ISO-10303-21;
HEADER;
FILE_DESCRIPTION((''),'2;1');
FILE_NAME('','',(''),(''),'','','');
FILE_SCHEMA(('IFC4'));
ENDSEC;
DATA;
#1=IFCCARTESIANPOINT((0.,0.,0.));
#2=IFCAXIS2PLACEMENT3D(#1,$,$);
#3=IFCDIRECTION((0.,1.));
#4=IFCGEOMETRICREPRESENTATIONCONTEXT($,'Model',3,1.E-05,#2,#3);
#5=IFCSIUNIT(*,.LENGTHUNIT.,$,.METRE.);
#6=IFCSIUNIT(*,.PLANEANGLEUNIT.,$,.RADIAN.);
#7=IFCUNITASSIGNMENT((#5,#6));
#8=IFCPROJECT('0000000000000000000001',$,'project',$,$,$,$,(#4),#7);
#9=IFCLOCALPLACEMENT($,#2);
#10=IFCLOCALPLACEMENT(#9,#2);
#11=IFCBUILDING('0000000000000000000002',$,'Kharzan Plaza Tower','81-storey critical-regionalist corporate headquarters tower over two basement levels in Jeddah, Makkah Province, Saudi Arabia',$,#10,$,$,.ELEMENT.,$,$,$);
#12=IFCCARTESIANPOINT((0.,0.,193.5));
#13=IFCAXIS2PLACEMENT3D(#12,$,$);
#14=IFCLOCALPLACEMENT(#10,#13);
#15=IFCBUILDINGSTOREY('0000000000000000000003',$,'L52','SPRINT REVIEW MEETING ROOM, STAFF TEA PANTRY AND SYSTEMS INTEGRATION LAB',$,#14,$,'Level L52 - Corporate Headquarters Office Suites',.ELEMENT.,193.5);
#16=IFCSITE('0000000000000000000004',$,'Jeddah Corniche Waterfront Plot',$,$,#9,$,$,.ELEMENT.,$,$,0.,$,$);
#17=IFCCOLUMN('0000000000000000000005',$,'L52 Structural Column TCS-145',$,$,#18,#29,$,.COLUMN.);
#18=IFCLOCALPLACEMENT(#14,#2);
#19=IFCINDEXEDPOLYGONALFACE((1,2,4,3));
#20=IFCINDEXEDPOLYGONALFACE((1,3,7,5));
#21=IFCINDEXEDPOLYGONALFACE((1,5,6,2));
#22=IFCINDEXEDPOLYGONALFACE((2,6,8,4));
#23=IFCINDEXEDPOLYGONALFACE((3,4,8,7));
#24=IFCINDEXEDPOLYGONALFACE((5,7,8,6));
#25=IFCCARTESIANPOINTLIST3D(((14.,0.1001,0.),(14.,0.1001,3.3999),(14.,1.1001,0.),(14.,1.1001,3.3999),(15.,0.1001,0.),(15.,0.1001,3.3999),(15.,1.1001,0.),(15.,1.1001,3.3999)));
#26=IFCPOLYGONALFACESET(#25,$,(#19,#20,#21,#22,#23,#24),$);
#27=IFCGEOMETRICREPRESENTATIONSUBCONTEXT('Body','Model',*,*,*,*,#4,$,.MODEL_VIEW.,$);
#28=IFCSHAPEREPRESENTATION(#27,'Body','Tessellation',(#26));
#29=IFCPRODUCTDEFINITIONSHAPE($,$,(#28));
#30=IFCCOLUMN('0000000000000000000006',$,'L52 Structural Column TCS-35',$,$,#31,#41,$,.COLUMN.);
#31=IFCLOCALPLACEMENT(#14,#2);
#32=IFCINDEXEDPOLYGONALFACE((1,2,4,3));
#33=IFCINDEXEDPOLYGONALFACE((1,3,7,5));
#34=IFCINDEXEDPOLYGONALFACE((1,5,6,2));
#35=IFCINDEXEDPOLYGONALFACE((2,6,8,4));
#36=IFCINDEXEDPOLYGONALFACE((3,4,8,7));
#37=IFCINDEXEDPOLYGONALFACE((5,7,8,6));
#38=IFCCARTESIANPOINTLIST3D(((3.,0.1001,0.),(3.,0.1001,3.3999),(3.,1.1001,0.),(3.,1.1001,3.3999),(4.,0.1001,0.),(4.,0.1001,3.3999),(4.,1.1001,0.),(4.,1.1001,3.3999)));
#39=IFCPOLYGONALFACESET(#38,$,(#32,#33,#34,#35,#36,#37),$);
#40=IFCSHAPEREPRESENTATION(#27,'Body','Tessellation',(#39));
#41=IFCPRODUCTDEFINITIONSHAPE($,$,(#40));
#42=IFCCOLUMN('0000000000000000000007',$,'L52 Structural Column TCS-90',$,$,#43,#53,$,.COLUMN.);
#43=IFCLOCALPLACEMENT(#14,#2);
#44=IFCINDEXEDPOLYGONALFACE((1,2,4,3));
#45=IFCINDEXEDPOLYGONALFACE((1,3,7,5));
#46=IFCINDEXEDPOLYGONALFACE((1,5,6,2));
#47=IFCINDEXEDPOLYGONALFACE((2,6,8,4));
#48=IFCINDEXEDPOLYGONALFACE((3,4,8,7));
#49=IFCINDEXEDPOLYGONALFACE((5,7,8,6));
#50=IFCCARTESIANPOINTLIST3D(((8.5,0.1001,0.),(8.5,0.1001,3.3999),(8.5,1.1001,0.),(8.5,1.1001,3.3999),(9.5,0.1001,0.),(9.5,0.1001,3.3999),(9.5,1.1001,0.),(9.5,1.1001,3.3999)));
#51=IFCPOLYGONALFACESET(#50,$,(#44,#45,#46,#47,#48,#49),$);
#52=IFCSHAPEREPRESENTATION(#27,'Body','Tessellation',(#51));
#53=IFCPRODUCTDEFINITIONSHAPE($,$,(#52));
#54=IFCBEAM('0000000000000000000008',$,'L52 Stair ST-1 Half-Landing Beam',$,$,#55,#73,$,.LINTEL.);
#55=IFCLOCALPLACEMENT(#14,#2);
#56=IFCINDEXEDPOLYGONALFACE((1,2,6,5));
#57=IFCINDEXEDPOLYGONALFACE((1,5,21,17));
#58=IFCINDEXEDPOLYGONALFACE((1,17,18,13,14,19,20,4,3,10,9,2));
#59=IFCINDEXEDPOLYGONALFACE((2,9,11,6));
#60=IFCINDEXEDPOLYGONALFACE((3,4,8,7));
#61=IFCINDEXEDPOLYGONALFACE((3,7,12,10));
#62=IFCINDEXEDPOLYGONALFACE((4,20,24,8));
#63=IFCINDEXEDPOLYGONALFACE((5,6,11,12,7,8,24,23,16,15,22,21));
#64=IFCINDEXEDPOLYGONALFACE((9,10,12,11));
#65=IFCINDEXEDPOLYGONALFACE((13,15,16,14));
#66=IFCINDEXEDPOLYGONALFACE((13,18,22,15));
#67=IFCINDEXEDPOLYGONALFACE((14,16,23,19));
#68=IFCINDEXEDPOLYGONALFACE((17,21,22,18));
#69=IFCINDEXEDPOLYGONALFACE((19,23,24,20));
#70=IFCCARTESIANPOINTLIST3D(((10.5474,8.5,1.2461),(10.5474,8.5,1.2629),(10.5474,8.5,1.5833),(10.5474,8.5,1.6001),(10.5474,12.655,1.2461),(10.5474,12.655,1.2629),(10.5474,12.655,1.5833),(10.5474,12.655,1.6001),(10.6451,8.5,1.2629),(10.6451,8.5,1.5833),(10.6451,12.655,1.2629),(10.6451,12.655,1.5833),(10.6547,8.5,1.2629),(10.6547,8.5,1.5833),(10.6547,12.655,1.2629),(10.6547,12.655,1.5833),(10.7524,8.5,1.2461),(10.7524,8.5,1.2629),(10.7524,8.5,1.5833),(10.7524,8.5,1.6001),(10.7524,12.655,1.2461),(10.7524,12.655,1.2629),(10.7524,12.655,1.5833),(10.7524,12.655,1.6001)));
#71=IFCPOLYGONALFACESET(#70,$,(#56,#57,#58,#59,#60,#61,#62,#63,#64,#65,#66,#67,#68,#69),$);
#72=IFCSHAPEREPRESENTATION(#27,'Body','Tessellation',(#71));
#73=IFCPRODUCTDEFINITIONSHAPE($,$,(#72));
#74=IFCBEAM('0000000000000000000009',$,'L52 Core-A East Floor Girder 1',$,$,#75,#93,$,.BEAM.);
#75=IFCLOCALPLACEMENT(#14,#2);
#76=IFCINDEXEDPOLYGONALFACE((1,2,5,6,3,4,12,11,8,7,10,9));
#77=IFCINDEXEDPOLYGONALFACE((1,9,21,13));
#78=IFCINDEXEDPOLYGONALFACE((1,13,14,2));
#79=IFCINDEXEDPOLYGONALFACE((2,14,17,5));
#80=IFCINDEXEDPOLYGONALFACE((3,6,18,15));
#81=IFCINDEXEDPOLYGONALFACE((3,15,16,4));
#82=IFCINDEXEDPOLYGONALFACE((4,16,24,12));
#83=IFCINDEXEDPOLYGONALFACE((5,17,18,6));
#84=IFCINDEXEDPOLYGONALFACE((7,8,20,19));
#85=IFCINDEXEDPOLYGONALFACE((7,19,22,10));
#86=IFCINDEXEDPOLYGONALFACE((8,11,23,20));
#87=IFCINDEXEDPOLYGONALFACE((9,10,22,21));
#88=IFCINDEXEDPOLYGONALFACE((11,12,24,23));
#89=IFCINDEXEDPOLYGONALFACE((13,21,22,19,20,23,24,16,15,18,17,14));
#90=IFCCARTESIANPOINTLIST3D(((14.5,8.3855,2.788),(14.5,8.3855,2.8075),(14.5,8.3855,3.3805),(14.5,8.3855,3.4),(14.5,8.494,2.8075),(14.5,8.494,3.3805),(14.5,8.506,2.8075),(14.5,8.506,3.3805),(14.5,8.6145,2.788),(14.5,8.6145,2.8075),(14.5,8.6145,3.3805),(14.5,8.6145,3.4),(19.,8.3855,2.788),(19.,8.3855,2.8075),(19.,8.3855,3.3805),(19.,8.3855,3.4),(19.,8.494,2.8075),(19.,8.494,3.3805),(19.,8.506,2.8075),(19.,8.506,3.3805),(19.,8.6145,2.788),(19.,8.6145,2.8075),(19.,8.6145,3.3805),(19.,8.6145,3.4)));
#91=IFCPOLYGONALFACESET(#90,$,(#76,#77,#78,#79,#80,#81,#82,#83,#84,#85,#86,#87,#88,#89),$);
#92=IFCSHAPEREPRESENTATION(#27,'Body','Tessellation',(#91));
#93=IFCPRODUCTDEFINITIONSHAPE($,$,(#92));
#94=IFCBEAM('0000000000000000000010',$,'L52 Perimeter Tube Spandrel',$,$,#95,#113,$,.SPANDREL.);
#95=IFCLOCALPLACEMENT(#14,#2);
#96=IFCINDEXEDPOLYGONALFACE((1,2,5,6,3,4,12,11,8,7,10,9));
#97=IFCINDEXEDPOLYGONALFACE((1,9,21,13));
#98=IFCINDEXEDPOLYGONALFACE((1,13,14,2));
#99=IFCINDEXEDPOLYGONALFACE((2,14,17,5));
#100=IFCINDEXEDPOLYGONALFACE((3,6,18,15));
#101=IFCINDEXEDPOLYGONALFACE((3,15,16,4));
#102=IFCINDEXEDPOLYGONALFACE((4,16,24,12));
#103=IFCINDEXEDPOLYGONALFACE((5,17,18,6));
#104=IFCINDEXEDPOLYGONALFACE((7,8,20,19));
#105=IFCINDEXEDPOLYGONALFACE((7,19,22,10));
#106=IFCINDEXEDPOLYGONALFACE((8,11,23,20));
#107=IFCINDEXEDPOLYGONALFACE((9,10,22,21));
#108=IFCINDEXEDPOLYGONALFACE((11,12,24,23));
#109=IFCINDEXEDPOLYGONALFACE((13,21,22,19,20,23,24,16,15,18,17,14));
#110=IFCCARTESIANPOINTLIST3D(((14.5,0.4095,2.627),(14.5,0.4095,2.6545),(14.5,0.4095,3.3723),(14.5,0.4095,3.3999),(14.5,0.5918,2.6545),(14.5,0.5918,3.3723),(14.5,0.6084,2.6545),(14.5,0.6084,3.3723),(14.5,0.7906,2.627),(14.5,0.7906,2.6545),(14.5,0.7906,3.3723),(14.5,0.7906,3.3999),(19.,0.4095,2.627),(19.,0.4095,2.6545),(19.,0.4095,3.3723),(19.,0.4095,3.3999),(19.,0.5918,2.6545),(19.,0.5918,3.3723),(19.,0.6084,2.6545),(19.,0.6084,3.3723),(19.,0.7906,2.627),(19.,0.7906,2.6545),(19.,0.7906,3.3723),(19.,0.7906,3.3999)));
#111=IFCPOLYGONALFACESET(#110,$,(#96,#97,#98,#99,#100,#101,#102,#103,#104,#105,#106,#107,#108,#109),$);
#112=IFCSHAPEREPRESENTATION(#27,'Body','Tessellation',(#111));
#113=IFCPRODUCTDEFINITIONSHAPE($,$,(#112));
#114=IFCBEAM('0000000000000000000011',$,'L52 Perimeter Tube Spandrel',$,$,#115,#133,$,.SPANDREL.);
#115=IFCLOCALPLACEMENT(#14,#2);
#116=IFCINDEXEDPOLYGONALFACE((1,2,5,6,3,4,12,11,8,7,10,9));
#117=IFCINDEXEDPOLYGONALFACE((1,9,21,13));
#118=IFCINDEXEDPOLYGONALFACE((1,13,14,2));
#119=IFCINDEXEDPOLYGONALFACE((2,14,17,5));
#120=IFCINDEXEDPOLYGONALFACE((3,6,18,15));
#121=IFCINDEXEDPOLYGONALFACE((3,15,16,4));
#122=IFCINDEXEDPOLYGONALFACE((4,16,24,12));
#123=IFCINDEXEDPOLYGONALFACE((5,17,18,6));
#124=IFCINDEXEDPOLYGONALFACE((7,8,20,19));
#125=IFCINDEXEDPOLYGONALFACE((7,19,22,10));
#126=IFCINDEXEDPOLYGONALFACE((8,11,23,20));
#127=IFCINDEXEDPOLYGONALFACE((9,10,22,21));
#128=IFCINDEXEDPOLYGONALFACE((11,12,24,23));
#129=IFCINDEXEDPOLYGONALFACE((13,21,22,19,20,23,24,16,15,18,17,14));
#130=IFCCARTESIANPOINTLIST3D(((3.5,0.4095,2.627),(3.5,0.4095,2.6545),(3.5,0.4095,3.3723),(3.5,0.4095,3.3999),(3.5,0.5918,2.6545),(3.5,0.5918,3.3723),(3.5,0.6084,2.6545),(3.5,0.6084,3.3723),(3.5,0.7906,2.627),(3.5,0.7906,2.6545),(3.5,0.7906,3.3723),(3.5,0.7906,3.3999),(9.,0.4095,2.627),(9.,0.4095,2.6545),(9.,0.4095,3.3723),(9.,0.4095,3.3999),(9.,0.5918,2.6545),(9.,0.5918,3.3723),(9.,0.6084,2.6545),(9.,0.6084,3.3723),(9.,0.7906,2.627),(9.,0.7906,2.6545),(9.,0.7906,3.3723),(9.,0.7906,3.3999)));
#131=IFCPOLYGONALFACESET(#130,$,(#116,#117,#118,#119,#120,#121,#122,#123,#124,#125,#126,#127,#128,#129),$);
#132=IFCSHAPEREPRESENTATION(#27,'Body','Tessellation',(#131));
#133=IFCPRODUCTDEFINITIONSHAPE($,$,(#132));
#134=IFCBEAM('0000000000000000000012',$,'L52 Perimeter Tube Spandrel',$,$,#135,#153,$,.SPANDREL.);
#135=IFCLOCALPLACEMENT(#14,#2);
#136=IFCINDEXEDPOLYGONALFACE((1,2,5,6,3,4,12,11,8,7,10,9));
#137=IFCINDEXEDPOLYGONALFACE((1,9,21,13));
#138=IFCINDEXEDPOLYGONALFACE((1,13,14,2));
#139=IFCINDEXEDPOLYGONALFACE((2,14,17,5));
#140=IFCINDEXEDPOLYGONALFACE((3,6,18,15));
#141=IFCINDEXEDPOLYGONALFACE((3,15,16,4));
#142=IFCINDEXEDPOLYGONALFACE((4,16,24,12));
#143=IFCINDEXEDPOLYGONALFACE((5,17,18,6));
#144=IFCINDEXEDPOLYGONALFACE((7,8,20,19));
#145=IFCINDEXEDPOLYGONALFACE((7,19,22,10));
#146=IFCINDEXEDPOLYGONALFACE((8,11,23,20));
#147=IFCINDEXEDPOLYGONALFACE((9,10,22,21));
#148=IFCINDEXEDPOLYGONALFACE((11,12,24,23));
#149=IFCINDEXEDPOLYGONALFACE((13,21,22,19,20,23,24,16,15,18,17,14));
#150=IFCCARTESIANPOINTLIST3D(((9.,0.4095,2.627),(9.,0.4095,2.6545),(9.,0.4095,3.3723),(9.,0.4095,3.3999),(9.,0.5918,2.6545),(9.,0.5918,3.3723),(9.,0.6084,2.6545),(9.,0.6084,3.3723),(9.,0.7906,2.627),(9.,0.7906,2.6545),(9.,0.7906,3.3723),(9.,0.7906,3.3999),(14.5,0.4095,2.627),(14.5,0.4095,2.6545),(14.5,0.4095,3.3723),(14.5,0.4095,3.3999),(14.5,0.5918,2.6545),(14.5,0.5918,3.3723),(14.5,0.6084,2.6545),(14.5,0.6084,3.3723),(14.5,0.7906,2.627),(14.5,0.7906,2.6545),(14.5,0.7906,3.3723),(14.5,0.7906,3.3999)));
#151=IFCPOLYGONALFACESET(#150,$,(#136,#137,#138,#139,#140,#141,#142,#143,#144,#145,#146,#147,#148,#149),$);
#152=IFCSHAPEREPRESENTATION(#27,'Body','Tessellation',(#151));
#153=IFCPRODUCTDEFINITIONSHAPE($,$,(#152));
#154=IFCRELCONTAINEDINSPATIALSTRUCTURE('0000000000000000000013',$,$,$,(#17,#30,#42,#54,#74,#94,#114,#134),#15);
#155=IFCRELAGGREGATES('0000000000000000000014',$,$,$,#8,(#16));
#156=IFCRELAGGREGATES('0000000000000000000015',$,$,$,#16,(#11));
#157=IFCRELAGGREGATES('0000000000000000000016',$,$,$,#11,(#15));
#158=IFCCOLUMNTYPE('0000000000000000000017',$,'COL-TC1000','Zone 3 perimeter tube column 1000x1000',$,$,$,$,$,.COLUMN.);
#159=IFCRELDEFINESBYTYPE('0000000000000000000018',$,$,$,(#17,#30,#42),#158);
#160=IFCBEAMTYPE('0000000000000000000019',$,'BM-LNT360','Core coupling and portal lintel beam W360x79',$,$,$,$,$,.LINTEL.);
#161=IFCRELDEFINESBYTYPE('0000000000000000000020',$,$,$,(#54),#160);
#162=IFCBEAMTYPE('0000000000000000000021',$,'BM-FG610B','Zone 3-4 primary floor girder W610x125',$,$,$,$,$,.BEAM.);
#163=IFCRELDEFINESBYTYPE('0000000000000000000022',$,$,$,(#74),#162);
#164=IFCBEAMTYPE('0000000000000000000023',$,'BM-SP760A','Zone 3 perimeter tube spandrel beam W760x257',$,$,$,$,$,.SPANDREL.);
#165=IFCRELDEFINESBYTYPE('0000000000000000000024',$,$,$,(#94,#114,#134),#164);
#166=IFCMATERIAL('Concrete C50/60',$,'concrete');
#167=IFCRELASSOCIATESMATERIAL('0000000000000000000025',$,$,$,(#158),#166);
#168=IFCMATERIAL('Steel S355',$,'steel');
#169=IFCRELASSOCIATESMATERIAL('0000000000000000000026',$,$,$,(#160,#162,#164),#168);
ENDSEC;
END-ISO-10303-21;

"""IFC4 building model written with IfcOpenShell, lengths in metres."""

from ifc_helpers import new_model, si_unit, direction, frame, origin, origin_2d, place, context, subcontext, project, spatial, rectangle, i_section, extrude, source, transform, mapped, material, material_profile, profile_set, type_object, element, save


model = new_model("IFC4")

# Units and contexts
model_context = context("Model", 3, precision=1e-05, world=origin(), true_north=direction((0.0, 1.0)))
body_context = subcontext(model_context, "Body", "Model", "MODEL_VIEW")
ifc_project = project(units=[si_unit("LENGTHUNIT", "METRE"), si_unit("PLANEANGLEUNIT", "RADIAN")], contexts=[model_context])

# Site, building, storey
site_placement = place(None, origin())
site = spatial("IfcSite", under=ifc_project, at=site_placement, Name="Jeddah Corniche Waterfront Plot", CompositionType="ELEMENT", RefElevation=0.0)
building_placement = place(site_placement, origin())
building = spatial("IfcBuilding", under=site, at=building_placement, Name="Kharzan Plaza Tower", Description="81-storey critical-regionalist corporate headquarters tower over two basement levels in Jeddah, Makkah Province, Saudi Arabia", CompositionType="ELEMENT")
storey_placement = place(building_placement, frame((0.0, 0.0, 193.5)))
storey = spatial("IfcBuildingStorey", under=building, at=storey_placement, Name="L52", Description="SPRINT REVIEW MEETING ROOM, STAFF TEA PANTRY AND SYSTEMS INTEGRATION LAB", LongName="Level L52 - Corporate Headquarters Office Suites", CompositionType="ELEMENT", Elevation=193.5)

# Columns
ifc_material_1 = material(Name="Concrete C50/60", Category="concrete")
ifc_material_profile_1 = material_profile(ifc_material_1, rectangle(XDim=1.0, YDim=1.0, at=origin_2d()), Name="RC-TC1000x1000")
ifc_profile_set_1 = profile_set([ifc_material_profile_1], Name="Concrete C50/60")
column_type = type_object("IfcColumnType", Name="COL-TC1000", Description="Zone 3 perimeter tube column 1000x1000", PredefinedType="COLUMN", material=ifc_profile_set_1)
shared_shape_1 = source(origin(), body_context, "Body", "SweptSolid", [
    extrude(rectangle(XDim=1.0, YDim=1.0, at=origin_2d()), origin(), (0.0, 0.0, 1.0), 3.3999),
])
for number, where, z_axis, x_axis, name in (
    (1, (14.5, 0.6001, 0.0), (0.0, 0.0, 1.0), (1.0, 0.0, 0.0), "L52 Structural Column TCS-145"),
    (2, (3.5, 0.6001, 0.0), (0.0, 0.0, 1.0), (1.0, 0.0, 0.0), "L52 Structural Column TCS-35"),
    (3, (9.0, 0.6001, 0.0), (0.0, 0.0, 1.0), (1.0, 0.0, 0.0), "L52 Structural Column TCS-90"),
):
    element("IfcColumn", number, at=place(storey_placement, frame(where, z_axis=z_axis, x_axis=x_axis)), inside=storey, type_object=column_type, Name=name, PredefinedType="COLUMN", context=body_context, shape_type="MappedRepresentation", body=[
        mapped(shared_shape_1, transform((0.0, 0.0, 0.0), x_axis=(1.0, 0.0, 0.0), y_axis=(0.0, 1.0, 0.0), z_axis=(0.0, 0.0, 1.0))),
    ])

# Beams
ifc_material_2 = material(Name="Steel S355", Category="steel")
ifc_material_profile_2 = material_profile(ifc_material_2, i_section(OverallWidth=0.2051, OverallDepth=0.354, WebThickness=0.0095, FlangeThickness=0.0168, at=origin_2d()), Name="W360x79")
ifc_profile_set_2 = profile_set([ifc_material_profile_2], Name="Steel S355")
beam_type_1 = type_object("IfcBeamType", Name="BM-LNT360", Description="Core coupling and portal lintel beam W360x79", PredefinedType="LINTEL", material=ifc_profile_set_2)
shared_shape_2 = source(origin(), body_context, "Body", "SweptSolid", [
    extrude(i_section(OverallWidth=0.2051, OverallDepth=0.354, WebThickness=0.0095, FlangeThickness=0.0168, at=origin_2d()), origin(), (0.0, 0.0, 1.0), 4.155),
])
beam_1_placement = place(storey_placement, frame((10.6499, 8.5, 1.4231), z_axis=(0.0, 1.0, 0.0), x_axis=(-1.0, 0.0, 0.0)))
element("IfcBeam", 4, at=beam_1_placement, inside=storey, type_object=beam_type_1, Name="L52 Stair ST-1 Half-Landing Beam", PredefinedType="LINTEL", context=body_context, shape_type="MappedRepresentation", body=[
    mapped(shared_shape_2, transform((0.0, 0.0, 0.0), x_axis=(1.0, 0.0, 0.0), y_axis=(0.0, 1.0, 0.0), z_axis=(0.0, 0.0, 1.0))),
])
ifc_material_profile_3 = material_profile(ifc_material_2, i_section(OverallWidth=0.229, OverallDepth=0.6121, WebThickness=0.012, FlangeThickness=0.0195, at=origin_2d()), Name="W610x125")
ifc_profile_set_3 = profile_set([ifc_material_profile_3], Name="Steel S355")
beam_type_2 = type_object("IfcBeamType", Name="BM-FG610B", Description="Zone 3-4 primary floor girder W610x125", PredefinedType="BEAM", material=ifc_profile_set_3)
shared_shape_3 = source(origin(), body_context, "Body", "SweptSolid", [
    extrude(i_section(OverallWidth=0.229, OverallDepth=0.6121, WebThickness=0.012, FlangeThickness=0.0195, at=origin_2d()), origin(), (0.0, 0.0, 1.0), 4.5),
])
beam_2_placement = place(storey_placement, frame((14.5, 8.5, 3.094), z_axis=(1.0, 0.0, 0.0), x_axis=(0.0, 1.0, 0.0)))
element("IfcBeam", 5, at=beam_2_placement, inside=storey, type_object=beam_type_2, Name="L52 Core-A East Floor Girder 1", PredefinedType="BEAM", context=body_context, shape_type="MappedRepresentation", body=[
    mapped(shared_shape_3, transform((0.0, 0.0, 0.0), x_axis=(1.0, 0.0, 0.0), y_axis=(0.0, 1.0, 0.0), z_axis=(0.0, 0.0, 1.0))),
])
ifc_material_profile_4 = material_profile(ifc_material_2, i_section(OverallWidth=0.3811, OverallDepth=0.7729, WebThickness=0.0166, FlangeThickness=0.0276, at=origin_2d()), Name="W760x257")
ifc_profile_set_4 = profile_set([ifc_material_profile_4], Name="Steel S355")
beam_type_3 = type_object("IfcBeamType", Name="BM-SP760A", Description="Zone 3 perimeter tube spandrel beam W760x257", PredefinedType="SPANDREL", material=ifc_profile_set_4)
shared_shape_4 = source(origin(), body_context, "Body", "SweptSolid", [
    extrude(i_section(OverallWidth=0.3811, OverallDepth=0.7729, WebThickness=0.0166, FlangeThickness=0.0276, at=origin_2d()), origin(), (0.0, 0.0, 1.0), 4.5),
])
beam_3_placement = place(storey_placement, frame((14.5, 0.6001, 3.0134), z_axis=(1.0, 0.0, 0.0), x_axis=(0.0, 1.0, 0.0)))
element("IfcBeam", 6, at=beam_3_placement, inside=storey, type_object=beam_type_3, Name="L52 Perimeter Tube Spandrel", PredefinedType="SPANDREL", context=body_context, shape_type="MappedRepresentation", body=[
    mapped(shared_shape_4, transform((0.0, 0.0, 0.0), x_axis=(1.0, 0.0, 0.0), y_axis=(0.0, 1.0, 0.0), z_axis=(0.0, 0.0, 1.0))),
])
shared_shape_5 = source(origin(), body_context, "Body", "SweptSolid", [
    extrude(i_section(OverallWidth=0.3811, OverallDepth=0.7729, WebThickness=0.0166, FlangeThickness=0.0276, at=origin_2d()), origin(), (0.0, 0.0, 1.0), 5.5),
])
for number, where, z_axis, x_axis, name in (
    (7, (3.5, 0.6001, 3.0134), (1.0, 0.0, 0.0), (0.0, 1.0, 0.0), "L52 Perimeter Tube Spandrel"),
    (8, (9.0, 0.6001, 3.0134), (1.0, 0.0, 0.0), (0.0, 1.0, 0.0), "L52 Perimeter Tube Spandrel"),
):
    element("IfcBeam", number, at=place(storey_placement, frame(where, z_axis=z_axis, x_axis=x_axis)), inside=storey, type_object=beam_type_3, Name=name, PredefinedType="SPANDREL", context=body_context, shape_type="MappedRepresentation", body=[
        mapped(shared_shape_5, transform((0.0, 0.0, 0.0), x_axis=(1.0, 0.0, 0.0), y_axis=(0.0, 1.0, 0.0), z_axis=(0.0, 0.0, 1.0))),
    ])

save(model, "model.ifc")
